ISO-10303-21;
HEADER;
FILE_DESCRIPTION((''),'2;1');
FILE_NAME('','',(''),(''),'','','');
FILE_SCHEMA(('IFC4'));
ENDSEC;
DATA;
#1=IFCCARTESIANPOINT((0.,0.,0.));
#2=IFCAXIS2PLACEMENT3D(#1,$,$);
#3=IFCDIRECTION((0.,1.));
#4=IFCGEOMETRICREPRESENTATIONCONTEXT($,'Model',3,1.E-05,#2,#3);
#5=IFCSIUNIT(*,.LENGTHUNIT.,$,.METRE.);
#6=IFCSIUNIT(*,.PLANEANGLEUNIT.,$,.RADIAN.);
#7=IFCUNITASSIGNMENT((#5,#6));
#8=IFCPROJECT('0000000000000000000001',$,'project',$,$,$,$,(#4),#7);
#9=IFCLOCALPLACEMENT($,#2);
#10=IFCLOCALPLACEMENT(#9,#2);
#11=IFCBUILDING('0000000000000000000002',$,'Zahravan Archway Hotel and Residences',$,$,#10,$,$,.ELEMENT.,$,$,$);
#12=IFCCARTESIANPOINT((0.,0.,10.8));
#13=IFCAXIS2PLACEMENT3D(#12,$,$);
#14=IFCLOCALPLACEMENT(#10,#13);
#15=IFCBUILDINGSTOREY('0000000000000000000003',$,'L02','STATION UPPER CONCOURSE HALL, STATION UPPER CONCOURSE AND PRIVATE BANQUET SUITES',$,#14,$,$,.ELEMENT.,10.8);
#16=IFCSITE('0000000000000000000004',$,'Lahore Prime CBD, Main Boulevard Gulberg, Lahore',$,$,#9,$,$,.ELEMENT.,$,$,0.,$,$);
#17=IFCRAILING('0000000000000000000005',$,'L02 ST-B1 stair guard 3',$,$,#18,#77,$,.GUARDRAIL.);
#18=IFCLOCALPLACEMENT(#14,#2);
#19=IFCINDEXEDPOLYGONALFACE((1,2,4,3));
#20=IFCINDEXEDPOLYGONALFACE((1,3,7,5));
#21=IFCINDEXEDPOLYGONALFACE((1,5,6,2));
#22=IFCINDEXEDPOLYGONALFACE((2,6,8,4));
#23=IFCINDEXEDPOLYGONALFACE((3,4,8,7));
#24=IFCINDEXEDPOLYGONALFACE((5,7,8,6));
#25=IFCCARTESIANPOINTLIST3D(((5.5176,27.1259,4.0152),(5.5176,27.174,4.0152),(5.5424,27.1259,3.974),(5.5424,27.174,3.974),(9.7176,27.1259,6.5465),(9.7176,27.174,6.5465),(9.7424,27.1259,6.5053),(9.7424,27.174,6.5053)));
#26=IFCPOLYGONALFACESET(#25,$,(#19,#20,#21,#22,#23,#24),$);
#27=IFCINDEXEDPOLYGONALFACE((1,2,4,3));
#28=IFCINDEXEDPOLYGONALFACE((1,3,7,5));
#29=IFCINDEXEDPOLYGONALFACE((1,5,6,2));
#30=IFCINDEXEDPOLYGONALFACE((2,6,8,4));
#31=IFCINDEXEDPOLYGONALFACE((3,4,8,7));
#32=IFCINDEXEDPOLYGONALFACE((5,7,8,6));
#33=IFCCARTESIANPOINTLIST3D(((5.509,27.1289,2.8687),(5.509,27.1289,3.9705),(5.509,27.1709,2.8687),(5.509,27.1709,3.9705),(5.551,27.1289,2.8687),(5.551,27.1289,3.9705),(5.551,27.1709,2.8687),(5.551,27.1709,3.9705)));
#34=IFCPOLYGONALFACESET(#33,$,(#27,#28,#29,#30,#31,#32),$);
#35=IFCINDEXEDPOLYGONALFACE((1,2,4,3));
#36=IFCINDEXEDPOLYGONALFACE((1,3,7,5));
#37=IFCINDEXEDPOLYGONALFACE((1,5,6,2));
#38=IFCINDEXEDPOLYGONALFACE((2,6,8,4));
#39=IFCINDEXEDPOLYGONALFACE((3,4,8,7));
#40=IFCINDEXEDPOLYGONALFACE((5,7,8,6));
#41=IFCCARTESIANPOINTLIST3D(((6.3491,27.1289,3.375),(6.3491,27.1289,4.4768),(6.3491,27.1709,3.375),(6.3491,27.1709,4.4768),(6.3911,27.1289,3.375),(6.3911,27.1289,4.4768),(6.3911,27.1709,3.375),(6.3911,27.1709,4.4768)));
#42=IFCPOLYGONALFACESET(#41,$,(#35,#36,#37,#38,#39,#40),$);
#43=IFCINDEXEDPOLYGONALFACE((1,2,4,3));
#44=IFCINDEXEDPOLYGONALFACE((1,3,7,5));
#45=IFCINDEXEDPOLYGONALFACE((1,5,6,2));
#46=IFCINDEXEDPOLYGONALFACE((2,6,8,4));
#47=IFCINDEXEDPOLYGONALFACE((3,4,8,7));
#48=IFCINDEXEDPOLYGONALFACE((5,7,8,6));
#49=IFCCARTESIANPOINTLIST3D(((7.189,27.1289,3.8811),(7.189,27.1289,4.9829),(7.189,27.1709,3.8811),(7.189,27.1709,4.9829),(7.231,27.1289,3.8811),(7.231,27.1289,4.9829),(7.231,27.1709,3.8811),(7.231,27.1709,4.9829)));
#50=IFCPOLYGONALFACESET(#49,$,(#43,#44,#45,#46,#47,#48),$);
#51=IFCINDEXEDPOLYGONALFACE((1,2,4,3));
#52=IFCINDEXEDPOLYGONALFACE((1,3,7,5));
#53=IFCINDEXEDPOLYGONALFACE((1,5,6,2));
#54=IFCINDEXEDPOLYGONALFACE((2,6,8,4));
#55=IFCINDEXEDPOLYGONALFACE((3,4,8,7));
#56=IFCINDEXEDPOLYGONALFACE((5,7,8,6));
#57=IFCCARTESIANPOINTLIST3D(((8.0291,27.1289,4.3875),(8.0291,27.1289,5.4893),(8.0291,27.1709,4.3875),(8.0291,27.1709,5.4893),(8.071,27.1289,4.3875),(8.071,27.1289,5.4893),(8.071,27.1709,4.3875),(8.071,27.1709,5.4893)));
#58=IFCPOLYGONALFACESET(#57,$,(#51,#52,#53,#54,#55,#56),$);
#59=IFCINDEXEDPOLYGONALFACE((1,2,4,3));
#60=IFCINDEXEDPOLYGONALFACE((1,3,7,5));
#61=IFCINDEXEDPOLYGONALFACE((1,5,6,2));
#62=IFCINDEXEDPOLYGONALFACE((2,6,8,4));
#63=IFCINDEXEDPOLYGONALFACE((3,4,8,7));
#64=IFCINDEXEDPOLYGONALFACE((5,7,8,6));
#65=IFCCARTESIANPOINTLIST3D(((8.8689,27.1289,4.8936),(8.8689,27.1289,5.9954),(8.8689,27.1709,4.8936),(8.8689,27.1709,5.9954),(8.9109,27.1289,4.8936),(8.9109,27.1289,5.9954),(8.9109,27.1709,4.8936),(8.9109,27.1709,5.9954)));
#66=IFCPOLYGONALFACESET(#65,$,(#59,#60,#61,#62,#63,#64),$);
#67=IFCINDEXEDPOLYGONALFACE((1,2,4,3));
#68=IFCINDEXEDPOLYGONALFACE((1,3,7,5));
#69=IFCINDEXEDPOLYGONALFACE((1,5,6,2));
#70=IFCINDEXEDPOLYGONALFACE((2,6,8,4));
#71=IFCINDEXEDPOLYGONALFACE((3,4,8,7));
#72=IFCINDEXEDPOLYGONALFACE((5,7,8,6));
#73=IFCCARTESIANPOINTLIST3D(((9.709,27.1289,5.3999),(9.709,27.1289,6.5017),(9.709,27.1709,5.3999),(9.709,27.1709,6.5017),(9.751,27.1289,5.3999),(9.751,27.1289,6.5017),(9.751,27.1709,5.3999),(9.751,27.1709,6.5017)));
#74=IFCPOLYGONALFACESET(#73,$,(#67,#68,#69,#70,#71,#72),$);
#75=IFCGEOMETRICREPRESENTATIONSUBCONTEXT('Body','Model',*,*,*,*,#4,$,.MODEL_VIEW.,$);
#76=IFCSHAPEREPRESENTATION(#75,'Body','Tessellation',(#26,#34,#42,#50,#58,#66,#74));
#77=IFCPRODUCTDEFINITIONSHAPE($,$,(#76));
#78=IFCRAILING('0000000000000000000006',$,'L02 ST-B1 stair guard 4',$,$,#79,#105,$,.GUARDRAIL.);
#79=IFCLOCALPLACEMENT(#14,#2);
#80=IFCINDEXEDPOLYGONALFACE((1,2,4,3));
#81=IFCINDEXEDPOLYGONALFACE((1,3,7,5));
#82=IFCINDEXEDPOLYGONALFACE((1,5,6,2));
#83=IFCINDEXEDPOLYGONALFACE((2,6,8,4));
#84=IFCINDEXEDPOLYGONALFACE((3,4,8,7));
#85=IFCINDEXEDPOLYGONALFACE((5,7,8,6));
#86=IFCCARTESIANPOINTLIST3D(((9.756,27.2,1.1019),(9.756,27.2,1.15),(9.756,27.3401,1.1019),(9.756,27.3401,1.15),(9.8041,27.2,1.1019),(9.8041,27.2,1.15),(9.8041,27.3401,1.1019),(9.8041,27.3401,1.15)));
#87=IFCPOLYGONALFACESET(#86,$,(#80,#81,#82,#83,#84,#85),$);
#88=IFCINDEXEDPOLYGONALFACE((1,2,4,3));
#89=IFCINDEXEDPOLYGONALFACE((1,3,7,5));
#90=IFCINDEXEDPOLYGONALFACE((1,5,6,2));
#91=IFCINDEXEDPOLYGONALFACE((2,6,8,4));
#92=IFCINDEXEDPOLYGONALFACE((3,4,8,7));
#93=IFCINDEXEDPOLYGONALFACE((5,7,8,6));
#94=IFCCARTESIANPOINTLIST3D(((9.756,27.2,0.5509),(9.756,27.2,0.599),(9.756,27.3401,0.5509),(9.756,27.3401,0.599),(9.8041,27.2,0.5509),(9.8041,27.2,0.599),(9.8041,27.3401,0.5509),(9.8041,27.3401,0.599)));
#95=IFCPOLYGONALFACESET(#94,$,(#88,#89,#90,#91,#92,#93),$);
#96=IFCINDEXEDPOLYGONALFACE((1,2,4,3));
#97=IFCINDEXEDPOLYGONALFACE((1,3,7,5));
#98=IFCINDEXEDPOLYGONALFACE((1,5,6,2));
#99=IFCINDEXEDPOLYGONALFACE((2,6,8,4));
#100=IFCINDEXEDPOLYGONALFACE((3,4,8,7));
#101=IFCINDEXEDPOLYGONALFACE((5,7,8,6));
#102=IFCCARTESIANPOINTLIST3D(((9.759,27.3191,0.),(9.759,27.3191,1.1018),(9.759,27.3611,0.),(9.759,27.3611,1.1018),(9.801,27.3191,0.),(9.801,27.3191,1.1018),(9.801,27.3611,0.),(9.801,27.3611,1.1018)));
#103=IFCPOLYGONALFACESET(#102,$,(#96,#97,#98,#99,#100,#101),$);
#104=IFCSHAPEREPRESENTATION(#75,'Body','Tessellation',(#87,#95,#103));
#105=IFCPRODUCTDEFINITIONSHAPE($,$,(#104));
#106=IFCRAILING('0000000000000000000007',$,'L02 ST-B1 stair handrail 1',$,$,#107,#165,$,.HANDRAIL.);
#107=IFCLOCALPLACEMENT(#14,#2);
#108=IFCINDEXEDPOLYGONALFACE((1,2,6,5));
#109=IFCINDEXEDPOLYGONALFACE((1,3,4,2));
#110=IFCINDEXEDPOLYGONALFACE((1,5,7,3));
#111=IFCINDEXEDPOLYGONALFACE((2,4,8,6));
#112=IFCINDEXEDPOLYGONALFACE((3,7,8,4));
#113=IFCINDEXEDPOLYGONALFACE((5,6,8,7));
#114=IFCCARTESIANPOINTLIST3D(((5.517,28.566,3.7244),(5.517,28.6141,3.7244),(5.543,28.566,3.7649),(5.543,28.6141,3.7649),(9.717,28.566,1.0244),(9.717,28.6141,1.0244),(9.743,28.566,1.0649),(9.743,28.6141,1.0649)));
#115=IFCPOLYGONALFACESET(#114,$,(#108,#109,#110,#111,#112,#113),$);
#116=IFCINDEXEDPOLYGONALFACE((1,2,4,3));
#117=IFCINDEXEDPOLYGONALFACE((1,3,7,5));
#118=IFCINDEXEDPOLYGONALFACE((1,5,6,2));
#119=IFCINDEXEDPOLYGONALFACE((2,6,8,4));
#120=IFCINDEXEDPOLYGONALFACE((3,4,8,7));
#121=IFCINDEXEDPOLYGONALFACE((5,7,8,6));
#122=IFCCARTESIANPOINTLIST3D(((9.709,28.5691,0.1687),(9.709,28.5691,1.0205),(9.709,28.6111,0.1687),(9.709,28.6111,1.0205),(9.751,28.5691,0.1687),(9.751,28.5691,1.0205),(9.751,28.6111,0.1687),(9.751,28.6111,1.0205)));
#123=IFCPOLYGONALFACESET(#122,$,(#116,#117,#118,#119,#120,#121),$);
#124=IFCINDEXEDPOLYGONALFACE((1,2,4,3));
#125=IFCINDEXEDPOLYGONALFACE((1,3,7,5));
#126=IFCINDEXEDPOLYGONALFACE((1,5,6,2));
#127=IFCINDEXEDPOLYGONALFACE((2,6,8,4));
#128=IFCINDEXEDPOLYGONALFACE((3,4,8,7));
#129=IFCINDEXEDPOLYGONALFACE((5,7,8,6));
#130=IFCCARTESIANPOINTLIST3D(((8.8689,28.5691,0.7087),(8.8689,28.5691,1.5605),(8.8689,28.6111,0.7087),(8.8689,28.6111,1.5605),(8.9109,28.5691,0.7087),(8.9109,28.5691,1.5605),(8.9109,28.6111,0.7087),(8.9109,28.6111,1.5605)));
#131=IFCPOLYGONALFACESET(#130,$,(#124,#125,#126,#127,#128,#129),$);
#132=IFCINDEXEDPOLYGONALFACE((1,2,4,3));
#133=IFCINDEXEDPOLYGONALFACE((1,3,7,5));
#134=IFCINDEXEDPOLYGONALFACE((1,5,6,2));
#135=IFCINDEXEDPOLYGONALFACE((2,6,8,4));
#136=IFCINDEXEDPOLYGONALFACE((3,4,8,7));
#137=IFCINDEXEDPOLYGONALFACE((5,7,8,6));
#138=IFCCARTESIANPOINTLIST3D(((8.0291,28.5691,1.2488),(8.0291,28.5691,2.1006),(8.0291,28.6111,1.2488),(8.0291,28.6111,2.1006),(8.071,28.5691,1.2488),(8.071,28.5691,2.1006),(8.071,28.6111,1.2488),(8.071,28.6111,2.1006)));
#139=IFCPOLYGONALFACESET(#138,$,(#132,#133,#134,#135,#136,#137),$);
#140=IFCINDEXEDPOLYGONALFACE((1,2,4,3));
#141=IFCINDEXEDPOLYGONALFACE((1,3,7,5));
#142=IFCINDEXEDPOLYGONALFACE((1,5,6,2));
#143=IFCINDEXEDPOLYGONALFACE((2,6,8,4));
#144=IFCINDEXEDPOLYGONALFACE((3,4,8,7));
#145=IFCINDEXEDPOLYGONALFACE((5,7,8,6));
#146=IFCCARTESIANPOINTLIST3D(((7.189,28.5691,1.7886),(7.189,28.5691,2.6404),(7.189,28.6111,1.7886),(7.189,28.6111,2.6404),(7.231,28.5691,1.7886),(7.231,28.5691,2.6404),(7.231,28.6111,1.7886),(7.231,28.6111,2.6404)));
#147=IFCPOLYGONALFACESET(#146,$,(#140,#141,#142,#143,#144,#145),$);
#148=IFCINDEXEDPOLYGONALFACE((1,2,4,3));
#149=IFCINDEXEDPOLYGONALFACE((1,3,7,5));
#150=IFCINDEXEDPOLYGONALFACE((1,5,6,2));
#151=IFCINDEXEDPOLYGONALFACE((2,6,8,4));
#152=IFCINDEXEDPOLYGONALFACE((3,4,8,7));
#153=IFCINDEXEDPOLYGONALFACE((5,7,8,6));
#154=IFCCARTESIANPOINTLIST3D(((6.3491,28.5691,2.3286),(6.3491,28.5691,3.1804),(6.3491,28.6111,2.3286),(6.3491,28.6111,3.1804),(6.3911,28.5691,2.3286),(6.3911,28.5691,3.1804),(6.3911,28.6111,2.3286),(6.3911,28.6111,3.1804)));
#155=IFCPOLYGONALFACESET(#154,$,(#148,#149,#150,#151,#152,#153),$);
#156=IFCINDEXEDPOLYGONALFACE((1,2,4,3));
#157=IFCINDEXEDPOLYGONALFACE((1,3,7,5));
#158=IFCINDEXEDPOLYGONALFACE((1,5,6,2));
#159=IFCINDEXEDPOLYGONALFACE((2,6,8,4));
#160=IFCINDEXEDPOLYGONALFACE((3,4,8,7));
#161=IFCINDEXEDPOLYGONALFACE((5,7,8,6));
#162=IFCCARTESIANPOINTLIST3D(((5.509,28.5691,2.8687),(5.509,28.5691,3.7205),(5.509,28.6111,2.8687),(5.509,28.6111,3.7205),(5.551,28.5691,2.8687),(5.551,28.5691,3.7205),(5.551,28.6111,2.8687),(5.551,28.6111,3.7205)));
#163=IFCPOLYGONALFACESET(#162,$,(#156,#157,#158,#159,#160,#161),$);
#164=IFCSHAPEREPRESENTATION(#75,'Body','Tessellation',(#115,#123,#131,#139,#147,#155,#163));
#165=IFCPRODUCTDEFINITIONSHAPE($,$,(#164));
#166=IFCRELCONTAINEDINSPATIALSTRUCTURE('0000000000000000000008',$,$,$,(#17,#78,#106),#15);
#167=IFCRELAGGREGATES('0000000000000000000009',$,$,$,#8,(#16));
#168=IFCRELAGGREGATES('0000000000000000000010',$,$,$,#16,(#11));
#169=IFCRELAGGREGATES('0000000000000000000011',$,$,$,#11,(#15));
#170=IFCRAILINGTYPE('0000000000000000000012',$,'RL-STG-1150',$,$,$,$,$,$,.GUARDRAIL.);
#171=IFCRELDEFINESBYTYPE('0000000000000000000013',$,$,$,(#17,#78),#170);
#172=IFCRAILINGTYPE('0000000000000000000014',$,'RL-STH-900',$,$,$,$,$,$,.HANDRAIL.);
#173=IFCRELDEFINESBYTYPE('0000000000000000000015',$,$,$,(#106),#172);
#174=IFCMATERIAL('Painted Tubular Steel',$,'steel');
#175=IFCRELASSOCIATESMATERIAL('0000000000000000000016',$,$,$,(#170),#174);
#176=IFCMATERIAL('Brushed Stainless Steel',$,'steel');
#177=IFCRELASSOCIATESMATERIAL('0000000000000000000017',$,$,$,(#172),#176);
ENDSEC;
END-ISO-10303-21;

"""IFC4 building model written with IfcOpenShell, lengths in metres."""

from ifc_helpers import new_model, si_unit, direction, frame, origin, origin_2d, place, context, subcontext, project, spatial, rectangle, extrude, material, type_object, element, save


model = new_model("IFC4")

# Units and contexts
model_context = context("Model", 3, precision=1e-05, world=origin(), true_north=direction((0.0, 1.0)))
body_context = subcontext(model_context, "Body", "Model", "MODEL_VIEW")
ifc_project = project(units=[si_unit("LENGTHUNIT", "METRE"), si_unit("PLANEANGLEUNIT", "RADIAN")], contexts=[model_context])

# Site, building, storey
site_placement = place(None, origin())
site = spatial("IfcSite", under=ifc_project, at=site_placement, Name="Lahore Prime CBD, Main Boulevard Gulberg, Lahore", CompositionType="ELEMENT", RefElevation=0.0)
building_placement = place(site_placement, origin())
building = spatial("IfcBuilding", under=site, at=building_placement, Name="Zahravan Archway Hotel and Residences", CompositionType="ELEMENT")
storey_placement = place(building_placement, frame((0.0, 0.0, 10.8)))
storey = spatial("IfcBuildingStorey", under=building, at=storey_placement, Name="L02", Description="STATION UPPER CONCOURSE HALL, STATION UPPER CONCOURSE AND PRIVATE BANQUET SUITES", CompositionType="ELEMENT", Elevation=10.8)

# Shared definitions
ifc_material_1 = material(Name="Brushed Stainless Steel", Category="steel")

# Railings
ifc_material_2 = material(Name="Painted Tubular Steel", Category="steel")
railing_type_1 = type_object("IfcRailingType", Name="RL-STG-1150", PredefinedType="GUARDRAIL", material=ifc_material_2)
railing_1_placement = place(storey_placement, frame((5.53, 27.1499, 2.8687)))
element("IfcRailing", 1, at=railing_1_placement, inside=storey, type_object=railing_type_1, Name="L02 ST-B1 stair guard 3", PredefinedType="GUARDRAIL", context=body_context, shape_type="SweptSolid", body=[
    extrude(rectangle(XDim=0.0481, YDim=0.0481, at=origin_2d()), frame((0.0, 0.0, 1.126), z_axis=(0.856476, 0.0, 0.516186), x_axis=(0.0, 1.0, 0.0)), (0.0, 0.0, 1.0), 4.9038),
    extrude(rectangle(XDim=0.042, YDim=0.042, at=origin_2d()), origin(), (0.0, 0.0, 1.0), 1.1018),
    extrude(rectangle(XDim=0.042, YDim=0.042, at=origin_2d()), frame((0.8401, 0.0, 0.5063)), (0.0, 0.0, 1.0), 1.1018),
    extrude(rectangle(XDim=0.042, YDim=0.042, at=origin_2d()), frame((1.6799, 0.0, 1.0125)), (0.0, 0.0, 1.0), 1.1018),
    extrude(rectangle(XDim=0.042, YDim=0.042, at=origin_2d()), frame((2.52, 0.0, 1.5188)), (0.0, 0.0, 1.0), 1.1018),
    extrude(rectangle(XDim=0.042, YDim=0.042, at=origin_2d()), frame((3.3599, 0.0, 2.0249)), (0.0, 0.0, 1.0), 1.1018),
    extrude(rectangle(XDim=0.042, YDim=0.042, at=origin_2d()), frame((4.2, 0.0, 2.5312)), (0.0, 0.0, 1.0), 1.1018),
])
railing_2_placement = place(storey_placement, frame((9.78, 27.3401, 0.0)))
element("IfcRailing", 2, at=railing_2_placement, inside=storey, type_object=railing_type_1, Name="L02 ST-B1 stair guard 4", PredefinedType="GUARDRAIL", context=body_context, shape_type="SweptSolid", body=[
    extrude(rectangle(XDim=0.0481, YDim=0.0481, at=origin_2d()), frame((0.0, 0.0, 1.126), z_axis=(0.0, -1.0, 0.0), x_axis=(1.0, 0.0, 0.0)), (0.0, 0.0, 1.0), 0.1401),
    extrude(rectangle(XDim=0.0481, YDim=0.0481, at=origin_2d()), frame((0.0, 0.0, 0.575), z_axis=(0.0, -1.0, 0.0), x_axis=(1.0, 0.0, 0.0)), (0.0, 0.0, 1.0), 0.1401),
    extrude(rectangle(XDim=0.042, YDim=0.042, at=origin_2d()), origin(), (0.0, 0.0, 1.0), 1.1018),
])
railing_type_2 = type_object("IfcRailingType", Name="RL-STH-900", PredefinedType="HANDRAIL", material=ifc_material_1)
railing_3_placement = place(storey_placement, frame((9.73, 28.5901, 0.1687)))
element("IfcRailing", 3, at=railing_3_placement, inside=storey, type_object=railing_type_2, Name="L02 ST-B1 stair handrail 1", PredefinedType="HANDRAIL", context=body_context, shape_type="SweptSolid", body=[
    extrude(rectangle(XDim=0.0481, YDim=0.0481, at=origin_2d()), frame((0.0, 0.0, 0.876), z_axis=(-0.84118, 0.0, 0.540755), x_axis=(0.0, -1.0, 0.0)), (0.0, 0.0, 1.0), 4.9929),
    extrude(rectangle(XDim=0.042, YDim=0.042, at=origin_2d()), origin(), (0.0, 0.0, 1.0), 0.8518),
    extrude(rectangle(XDim=0.042, YDim=0.042, at=origin_2d()), frame((-0.8401, 0.0, 0.54)), (0.0, 0.0, 1.0), 0.8518),
    extrude(rectangle(XDim=0.042, YDim=0.042, at=origin_2d()), frame((-1.6799, 0.0, 1.0801)), (0.0, 0.0, 1.0), 0.8518),
    extrude(rectangle(XDim=0.042, YDim=0.042, at=origin_2d()), frame((-2.52, 0.0, 1.6199)), (0.0, 0.0, 1.0), 0.8518),
    extrude(rectangle(XDim=0.042, YDim=0.042, at=origin_2d()), frame((-3.3599, 0.0, 2.1599)), (0.0, 0.0, 1.0), 0.8518),
    extrude(rectangle(XDim=0.042, YDim=0.042, at=origin_2d()), frame((-4.2, 0.0, 2.7)), (0.0, 0.0, 1.0), 0.8518),
])

save(model, "model.ifc")
